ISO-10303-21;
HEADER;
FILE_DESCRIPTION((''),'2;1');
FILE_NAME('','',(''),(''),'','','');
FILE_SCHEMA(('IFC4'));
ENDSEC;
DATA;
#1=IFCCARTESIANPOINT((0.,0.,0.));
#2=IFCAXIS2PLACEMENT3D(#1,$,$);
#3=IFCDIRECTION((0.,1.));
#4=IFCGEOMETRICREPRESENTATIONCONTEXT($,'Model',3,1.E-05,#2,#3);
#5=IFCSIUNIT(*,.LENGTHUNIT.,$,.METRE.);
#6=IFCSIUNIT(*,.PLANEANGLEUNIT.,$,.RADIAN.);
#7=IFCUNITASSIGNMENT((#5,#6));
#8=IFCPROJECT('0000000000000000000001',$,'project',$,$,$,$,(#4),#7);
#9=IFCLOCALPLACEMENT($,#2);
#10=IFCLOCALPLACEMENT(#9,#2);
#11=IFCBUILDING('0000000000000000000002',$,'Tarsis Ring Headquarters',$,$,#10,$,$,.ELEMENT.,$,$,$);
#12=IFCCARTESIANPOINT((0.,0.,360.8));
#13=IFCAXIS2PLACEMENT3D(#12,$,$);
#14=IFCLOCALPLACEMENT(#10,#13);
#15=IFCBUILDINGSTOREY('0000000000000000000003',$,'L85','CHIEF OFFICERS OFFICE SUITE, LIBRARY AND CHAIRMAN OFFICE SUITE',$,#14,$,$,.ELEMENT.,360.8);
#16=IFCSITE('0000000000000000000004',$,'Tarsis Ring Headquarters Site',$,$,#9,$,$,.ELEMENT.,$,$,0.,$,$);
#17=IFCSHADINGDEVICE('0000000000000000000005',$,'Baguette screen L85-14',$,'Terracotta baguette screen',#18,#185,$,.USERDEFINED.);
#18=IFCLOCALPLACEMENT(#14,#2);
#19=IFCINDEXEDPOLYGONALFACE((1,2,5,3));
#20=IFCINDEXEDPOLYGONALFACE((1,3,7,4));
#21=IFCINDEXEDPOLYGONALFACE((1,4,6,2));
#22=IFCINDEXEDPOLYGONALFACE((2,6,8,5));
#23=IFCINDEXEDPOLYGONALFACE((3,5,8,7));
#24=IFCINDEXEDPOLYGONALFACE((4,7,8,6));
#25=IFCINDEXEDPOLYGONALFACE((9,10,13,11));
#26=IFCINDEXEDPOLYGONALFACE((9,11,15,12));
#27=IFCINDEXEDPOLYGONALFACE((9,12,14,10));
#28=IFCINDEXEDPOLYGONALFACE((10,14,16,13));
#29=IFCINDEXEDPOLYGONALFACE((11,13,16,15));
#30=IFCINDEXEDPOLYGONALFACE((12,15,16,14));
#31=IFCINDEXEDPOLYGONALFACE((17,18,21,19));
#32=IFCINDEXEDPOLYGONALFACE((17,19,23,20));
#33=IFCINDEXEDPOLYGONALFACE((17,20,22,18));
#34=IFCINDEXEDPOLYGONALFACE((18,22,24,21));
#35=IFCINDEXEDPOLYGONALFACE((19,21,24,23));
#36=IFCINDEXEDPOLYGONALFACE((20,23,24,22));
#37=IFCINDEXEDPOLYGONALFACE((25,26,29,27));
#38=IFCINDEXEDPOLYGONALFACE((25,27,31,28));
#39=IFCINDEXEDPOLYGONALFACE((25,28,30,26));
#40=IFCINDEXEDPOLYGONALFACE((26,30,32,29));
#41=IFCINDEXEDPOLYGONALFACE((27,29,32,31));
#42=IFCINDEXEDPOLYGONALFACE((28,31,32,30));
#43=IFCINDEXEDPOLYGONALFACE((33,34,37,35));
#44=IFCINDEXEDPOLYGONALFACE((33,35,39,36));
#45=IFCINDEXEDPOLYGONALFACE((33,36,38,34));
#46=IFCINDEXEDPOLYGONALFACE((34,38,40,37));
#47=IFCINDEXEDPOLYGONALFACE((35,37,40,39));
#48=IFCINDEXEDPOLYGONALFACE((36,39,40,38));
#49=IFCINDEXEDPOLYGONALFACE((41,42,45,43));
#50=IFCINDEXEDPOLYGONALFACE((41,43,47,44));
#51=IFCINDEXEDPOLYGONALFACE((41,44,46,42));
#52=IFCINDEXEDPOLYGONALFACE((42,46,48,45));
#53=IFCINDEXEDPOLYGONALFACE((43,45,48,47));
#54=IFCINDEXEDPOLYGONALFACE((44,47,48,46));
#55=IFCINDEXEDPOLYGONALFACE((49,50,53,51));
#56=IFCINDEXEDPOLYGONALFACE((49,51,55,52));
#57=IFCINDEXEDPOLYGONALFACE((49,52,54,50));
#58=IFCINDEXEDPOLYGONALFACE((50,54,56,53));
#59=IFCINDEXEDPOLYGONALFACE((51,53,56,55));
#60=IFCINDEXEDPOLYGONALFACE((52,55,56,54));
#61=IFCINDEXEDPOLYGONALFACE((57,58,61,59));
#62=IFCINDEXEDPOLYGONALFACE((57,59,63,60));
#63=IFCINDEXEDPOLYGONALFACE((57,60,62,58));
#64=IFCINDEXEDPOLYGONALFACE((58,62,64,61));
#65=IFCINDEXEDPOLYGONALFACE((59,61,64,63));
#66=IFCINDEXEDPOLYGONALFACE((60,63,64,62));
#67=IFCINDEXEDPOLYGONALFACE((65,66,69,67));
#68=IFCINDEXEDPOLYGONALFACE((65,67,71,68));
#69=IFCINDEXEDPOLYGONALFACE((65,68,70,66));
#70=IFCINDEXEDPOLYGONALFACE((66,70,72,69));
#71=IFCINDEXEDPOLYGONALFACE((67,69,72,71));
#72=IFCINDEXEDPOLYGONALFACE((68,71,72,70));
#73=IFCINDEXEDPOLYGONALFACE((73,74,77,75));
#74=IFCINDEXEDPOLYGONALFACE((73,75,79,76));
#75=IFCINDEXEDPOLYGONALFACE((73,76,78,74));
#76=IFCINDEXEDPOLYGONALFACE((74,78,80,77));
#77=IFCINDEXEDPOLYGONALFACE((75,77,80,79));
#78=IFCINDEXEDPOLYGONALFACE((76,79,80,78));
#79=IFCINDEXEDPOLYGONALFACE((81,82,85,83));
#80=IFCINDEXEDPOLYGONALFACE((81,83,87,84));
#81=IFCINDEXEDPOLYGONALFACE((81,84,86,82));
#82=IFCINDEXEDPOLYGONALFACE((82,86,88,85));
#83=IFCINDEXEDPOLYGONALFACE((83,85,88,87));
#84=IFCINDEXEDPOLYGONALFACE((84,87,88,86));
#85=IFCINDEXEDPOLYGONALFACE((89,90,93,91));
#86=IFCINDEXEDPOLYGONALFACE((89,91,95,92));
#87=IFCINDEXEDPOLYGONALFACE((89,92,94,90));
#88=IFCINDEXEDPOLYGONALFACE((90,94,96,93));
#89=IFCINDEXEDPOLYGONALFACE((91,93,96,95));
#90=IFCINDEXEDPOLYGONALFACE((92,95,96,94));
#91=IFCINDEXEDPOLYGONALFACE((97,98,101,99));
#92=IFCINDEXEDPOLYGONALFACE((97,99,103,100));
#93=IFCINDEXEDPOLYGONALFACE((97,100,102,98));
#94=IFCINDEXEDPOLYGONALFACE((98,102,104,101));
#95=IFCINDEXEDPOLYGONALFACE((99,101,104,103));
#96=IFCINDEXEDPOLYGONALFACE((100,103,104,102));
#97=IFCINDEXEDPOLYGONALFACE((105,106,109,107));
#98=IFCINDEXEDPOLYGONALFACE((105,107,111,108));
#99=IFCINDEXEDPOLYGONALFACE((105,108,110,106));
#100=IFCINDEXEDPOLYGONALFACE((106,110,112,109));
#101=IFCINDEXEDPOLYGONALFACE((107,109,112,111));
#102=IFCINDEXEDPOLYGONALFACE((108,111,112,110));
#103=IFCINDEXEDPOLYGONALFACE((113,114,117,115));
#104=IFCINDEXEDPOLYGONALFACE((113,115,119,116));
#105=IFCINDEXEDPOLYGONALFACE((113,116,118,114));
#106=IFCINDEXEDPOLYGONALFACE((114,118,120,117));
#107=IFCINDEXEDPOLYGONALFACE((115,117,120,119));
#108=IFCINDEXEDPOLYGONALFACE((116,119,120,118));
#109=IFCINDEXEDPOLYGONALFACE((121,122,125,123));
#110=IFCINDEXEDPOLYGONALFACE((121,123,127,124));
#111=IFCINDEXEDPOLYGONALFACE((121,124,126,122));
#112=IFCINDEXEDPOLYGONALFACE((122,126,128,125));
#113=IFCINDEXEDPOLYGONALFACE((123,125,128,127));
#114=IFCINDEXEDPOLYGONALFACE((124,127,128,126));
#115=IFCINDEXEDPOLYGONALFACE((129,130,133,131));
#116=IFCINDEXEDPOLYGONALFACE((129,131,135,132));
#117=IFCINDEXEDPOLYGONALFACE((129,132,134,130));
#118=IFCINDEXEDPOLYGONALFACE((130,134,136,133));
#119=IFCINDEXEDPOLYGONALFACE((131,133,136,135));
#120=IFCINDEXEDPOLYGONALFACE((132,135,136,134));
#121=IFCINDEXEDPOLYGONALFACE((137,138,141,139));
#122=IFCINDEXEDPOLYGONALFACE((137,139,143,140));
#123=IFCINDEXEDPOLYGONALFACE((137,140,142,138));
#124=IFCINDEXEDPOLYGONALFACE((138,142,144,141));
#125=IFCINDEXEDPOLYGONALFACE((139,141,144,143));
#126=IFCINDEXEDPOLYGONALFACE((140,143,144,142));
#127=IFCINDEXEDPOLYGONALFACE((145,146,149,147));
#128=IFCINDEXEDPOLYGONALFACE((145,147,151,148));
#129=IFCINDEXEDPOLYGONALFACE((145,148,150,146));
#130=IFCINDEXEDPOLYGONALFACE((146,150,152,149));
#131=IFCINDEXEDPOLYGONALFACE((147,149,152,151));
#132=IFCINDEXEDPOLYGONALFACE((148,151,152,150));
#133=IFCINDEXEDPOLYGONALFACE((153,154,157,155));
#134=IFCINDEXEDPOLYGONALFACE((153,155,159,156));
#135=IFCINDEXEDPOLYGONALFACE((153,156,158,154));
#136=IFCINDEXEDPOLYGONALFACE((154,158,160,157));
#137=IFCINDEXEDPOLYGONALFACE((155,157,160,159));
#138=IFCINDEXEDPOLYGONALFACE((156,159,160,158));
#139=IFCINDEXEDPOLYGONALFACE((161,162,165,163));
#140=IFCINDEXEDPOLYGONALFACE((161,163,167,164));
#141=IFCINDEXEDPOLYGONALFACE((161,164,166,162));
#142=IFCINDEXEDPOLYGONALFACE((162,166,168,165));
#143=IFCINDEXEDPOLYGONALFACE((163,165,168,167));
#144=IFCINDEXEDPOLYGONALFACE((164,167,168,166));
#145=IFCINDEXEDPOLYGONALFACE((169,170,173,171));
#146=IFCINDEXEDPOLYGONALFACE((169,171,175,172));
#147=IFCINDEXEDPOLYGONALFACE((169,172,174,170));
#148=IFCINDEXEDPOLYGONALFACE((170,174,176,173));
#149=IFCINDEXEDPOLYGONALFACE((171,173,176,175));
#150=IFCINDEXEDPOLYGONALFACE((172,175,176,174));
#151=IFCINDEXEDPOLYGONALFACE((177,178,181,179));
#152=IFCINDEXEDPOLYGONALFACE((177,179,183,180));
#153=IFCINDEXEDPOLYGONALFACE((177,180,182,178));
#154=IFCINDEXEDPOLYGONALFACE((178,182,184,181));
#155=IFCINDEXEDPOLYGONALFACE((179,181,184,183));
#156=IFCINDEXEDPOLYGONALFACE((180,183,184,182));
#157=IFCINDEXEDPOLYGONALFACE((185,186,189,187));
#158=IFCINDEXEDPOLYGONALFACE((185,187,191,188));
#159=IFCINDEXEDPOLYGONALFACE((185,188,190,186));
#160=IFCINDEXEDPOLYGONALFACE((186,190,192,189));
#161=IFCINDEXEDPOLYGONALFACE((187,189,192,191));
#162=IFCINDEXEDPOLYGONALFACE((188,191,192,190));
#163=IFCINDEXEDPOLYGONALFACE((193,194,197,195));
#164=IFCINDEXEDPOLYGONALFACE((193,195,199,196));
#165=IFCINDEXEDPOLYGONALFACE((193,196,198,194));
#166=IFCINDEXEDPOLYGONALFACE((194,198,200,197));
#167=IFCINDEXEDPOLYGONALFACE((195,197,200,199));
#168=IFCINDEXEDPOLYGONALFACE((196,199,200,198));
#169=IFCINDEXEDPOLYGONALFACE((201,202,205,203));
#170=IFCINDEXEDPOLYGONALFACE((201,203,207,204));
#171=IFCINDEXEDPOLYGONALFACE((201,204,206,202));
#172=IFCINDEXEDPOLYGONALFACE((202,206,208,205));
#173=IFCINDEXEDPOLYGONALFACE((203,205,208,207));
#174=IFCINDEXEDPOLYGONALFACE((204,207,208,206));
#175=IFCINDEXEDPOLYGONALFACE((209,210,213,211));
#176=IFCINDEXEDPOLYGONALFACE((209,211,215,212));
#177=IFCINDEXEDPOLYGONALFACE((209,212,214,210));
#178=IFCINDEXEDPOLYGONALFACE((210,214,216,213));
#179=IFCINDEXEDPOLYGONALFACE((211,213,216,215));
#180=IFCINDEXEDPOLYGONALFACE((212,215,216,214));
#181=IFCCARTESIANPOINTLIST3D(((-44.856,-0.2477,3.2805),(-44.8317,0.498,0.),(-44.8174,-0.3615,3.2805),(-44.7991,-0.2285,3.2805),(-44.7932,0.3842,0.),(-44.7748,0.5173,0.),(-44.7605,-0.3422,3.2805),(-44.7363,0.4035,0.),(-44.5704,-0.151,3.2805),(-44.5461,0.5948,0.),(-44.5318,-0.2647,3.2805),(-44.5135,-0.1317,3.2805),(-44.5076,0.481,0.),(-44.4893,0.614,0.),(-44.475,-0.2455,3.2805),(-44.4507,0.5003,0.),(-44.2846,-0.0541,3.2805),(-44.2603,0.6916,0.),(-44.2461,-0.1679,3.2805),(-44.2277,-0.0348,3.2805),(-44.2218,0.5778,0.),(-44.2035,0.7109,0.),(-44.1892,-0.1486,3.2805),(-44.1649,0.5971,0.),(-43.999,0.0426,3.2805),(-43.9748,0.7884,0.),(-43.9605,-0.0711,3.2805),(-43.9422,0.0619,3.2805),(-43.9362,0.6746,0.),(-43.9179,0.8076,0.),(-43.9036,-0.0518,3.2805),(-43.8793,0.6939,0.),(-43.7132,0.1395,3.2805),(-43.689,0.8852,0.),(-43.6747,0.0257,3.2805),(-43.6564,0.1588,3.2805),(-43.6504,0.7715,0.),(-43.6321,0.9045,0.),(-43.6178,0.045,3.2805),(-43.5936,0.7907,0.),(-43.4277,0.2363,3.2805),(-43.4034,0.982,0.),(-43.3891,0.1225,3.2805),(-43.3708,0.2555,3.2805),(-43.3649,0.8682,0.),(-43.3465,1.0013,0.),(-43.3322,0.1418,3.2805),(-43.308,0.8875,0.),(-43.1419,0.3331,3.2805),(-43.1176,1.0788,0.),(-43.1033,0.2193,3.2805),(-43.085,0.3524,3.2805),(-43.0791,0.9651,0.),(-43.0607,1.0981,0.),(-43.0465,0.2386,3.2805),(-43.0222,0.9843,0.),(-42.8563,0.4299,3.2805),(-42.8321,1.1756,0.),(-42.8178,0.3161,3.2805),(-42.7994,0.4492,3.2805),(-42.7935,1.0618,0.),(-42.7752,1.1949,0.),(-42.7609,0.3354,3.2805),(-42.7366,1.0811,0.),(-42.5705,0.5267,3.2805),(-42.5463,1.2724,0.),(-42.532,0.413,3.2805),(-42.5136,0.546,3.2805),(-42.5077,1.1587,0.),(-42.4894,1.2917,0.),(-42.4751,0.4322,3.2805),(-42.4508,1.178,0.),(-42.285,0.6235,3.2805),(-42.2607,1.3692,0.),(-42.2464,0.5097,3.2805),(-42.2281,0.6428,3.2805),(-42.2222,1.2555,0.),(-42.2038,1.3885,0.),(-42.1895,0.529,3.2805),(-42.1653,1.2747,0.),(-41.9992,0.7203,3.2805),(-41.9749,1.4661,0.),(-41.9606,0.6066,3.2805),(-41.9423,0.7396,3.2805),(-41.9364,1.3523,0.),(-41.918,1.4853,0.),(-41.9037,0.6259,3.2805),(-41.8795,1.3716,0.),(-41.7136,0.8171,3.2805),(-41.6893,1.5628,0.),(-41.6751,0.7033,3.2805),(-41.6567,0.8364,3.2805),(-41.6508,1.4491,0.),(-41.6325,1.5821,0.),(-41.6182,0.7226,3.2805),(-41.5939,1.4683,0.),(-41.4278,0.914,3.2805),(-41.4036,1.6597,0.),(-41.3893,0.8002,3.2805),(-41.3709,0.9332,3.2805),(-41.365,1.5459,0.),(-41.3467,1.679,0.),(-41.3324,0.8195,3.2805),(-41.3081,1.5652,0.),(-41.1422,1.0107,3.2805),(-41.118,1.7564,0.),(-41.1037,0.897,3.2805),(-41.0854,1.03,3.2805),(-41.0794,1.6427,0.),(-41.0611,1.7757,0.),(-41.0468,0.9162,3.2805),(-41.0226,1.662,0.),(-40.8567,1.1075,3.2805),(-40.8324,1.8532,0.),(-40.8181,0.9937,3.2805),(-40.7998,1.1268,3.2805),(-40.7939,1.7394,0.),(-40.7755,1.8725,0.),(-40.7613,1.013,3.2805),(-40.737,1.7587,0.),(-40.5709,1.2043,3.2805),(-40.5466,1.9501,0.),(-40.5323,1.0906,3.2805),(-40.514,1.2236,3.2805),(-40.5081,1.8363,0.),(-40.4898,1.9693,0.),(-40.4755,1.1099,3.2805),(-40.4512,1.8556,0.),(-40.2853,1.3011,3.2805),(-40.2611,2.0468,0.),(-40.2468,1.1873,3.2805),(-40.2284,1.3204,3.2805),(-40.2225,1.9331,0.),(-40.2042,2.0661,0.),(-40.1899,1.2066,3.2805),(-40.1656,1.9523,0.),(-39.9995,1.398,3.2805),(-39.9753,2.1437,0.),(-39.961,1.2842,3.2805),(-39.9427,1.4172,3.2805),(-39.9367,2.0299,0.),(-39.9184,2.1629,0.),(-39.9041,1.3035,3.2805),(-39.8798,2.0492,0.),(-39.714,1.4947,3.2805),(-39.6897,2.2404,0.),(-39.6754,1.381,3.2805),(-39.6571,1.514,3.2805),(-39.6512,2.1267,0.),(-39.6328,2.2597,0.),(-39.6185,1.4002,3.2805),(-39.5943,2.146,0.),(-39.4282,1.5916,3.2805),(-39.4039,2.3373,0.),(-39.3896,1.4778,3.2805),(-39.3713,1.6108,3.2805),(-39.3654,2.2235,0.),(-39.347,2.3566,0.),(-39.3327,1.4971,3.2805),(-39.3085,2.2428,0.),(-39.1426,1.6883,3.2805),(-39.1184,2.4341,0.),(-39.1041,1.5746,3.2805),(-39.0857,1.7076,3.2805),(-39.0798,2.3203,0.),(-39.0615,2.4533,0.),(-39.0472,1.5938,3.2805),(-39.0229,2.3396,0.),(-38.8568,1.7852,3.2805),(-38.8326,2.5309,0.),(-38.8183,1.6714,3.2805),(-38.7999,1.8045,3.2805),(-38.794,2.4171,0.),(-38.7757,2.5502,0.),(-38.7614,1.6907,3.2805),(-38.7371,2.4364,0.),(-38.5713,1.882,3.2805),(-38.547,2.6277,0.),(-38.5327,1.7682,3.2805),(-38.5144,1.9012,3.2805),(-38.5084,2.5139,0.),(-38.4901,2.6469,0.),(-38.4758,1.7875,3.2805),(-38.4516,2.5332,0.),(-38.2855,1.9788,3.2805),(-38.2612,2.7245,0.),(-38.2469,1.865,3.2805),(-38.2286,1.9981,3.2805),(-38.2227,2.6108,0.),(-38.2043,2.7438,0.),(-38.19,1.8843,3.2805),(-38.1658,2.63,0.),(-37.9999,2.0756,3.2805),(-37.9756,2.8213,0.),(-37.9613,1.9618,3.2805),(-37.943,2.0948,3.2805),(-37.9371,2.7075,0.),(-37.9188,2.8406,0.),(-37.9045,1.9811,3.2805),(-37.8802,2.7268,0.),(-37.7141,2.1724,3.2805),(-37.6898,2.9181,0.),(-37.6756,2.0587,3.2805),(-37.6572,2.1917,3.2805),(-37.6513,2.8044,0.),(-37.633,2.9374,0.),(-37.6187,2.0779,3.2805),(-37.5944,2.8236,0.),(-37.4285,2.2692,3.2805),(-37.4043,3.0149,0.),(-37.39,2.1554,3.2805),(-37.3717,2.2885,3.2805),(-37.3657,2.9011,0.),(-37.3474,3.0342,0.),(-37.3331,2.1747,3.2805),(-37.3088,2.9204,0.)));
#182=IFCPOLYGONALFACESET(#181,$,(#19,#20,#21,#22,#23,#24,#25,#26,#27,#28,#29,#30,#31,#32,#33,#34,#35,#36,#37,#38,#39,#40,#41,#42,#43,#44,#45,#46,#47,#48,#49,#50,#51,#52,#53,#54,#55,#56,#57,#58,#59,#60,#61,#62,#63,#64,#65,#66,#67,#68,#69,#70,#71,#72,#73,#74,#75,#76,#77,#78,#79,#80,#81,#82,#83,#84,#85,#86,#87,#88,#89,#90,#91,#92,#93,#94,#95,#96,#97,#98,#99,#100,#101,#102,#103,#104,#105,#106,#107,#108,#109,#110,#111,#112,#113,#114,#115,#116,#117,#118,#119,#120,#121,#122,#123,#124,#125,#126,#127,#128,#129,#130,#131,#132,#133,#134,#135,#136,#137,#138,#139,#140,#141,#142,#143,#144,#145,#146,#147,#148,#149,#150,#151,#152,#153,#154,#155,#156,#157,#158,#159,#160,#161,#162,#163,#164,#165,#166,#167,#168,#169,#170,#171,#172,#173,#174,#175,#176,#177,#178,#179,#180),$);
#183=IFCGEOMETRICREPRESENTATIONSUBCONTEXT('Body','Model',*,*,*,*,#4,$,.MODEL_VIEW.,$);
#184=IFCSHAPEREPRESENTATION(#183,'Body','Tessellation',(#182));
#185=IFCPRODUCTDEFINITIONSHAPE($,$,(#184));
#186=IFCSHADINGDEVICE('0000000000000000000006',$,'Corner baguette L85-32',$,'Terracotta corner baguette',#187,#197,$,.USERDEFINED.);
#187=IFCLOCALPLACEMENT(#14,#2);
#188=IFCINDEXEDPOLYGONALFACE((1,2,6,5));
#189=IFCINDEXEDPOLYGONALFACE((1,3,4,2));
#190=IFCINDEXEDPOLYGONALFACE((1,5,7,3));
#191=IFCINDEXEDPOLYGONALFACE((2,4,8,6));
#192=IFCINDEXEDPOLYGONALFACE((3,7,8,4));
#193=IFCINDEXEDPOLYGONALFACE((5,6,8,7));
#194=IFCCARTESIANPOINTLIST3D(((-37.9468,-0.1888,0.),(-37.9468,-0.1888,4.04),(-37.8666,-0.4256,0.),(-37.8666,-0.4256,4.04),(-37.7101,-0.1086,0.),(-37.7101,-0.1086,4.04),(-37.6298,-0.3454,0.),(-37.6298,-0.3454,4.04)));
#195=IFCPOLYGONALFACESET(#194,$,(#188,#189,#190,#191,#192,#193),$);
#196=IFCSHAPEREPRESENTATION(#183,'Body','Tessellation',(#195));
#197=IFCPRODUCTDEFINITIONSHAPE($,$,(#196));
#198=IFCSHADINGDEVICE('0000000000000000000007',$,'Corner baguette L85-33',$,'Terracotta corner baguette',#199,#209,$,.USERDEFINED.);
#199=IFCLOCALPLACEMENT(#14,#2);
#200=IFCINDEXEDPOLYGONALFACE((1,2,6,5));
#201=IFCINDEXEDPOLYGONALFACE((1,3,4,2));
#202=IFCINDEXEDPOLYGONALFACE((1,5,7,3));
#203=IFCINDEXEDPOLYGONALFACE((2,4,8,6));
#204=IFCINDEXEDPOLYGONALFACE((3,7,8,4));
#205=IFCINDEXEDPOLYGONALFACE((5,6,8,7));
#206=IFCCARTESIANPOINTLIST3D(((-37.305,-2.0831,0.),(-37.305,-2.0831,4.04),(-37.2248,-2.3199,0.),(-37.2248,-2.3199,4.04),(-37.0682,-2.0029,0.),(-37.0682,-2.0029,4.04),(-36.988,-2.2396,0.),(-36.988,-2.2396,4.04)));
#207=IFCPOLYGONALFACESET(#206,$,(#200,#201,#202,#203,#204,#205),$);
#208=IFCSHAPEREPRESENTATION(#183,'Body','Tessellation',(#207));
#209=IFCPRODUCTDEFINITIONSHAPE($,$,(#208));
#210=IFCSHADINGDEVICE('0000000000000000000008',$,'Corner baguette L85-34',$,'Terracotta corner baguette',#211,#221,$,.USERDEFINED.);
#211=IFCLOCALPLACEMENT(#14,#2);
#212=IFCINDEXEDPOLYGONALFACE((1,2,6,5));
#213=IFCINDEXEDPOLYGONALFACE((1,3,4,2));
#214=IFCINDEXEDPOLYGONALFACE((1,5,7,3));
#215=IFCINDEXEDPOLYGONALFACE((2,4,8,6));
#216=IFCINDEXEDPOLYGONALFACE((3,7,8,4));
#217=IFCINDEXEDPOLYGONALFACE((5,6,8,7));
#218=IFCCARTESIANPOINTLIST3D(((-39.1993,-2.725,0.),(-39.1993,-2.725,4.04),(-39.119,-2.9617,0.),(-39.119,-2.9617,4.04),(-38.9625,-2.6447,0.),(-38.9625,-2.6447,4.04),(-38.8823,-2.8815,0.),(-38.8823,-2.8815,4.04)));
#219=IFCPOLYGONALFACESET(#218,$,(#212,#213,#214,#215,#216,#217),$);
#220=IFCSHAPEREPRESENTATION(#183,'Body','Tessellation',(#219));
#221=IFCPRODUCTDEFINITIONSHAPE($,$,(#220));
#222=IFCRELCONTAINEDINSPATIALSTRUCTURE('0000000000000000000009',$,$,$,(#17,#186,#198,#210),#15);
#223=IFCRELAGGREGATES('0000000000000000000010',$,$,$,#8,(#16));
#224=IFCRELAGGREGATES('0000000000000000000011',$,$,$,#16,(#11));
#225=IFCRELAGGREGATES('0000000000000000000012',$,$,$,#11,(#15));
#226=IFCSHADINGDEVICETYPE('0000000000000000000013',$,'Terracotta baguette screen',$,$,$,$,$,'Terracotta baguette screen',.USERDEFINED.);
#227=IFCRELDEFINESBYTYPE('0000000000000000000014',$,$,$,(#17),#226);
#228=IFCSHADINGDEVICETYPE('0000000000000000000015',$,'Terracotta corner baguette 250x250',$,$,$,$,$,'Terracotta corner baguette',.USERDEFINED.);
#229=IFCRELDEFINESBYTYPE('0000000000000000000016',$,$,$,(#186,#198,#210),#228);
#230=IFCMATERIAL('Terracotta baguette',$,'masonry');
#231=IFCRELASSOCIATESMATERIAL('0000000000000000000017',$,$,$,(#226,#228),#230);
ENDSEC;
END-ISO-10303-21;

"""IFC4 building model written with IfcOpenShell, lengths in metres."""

from ifc_helpers import new_model, si_unit, direction, frame, frame_2d, origin, origin_2d, place, context, subcontext, project, spatial, rectangle, composite_profile, extrude, material, type_object, element, save


model = new_model("IFC4")

# Units and contexts
model_context = context("Model", 3, precision=1e-05, world=origin(), true_north=direction((0.0, 1.0)))
body_context = subcontext(model_context, "Body", "Model", "MODEL_VIEW")
ifc_project = project(units=[si_unit("LENGTHUNIT", "METRE"), si_unit("PLANEANGLEUNIT", "RADIAN")], contexts=[model_context])

# Site, building, storey
site_placement = place(None, origin())
site = spatial("IfcSite", under=ifc_project, at=site_placement, Name="Tarsis Ring Headquarters Site", CompositionType="ELEMENT", RefElevation=0.0)
building_placement = place(site_placement, origin())
building = spatial("IfcBuilding", under=site, at=building_placement, Name="Tarsis Ring Headquarters", CompositionType="ELEMENT")
storey_placement = place(building_placement, frame((0.0, 0.0, 360.8)))
storey = spatial("IfcBuildingStorey", under=building, at=storey_placement, Name="L85", Description="CHIEF OFFICERS OFFICE SUITE, LIBRARY AND CHAIRMAN OFFICE SUITE", CompositionType="ELEMENT", Elevation=360.8)

# Shading devices
ifc_material_1 = material(Name="Terracotta baguette", Category="masonry")
shading_device_type_1 = type_object("IfcShadingDeviceType", Name="Terracotta baguette screen", ElementType="Terracotta baguette screen", PredefinedType="USERDEFINED", material=ifc_material_1)
shading_device_1_placement = place(storey_placement, frame((-37.3281, 2.9773, 0.0), z_axis=(0.0, 0.0, 1.0), x_axis=(-0.947107, -0.320944, 0.0)))
element("IfcShadingDevice", 1, at=shading_device_1_placement, inside=storey, type_object=shading_device_type_1, Name="Baguette screen L85-14", ObjectType="Terracotta baguette screen", PredefinedType="USERDEFINED", context=body_context, shape_type="SweptSolid", body=[
    extrude(composite_profile([rectangle(XDim=0.0601, YDim=0.1201, at=frame_2d((0.03, 0.0))), rectangle(XDim=0.0601, YDim=0.1201, at=frame_2d((0.3315, 0.0))), rectangle(XDim=0.0601, YDim=0.1201, at=frame_2d((0.6333, 0.0))), rectangle(XDim=0.0601, YDim=0.1201, at=frame_2d((0.9348, 0.0))), rectangle(XDim=0.0601, YDim=0.1201, at=frame_2d((1.2366, 0.0))), rectangle(XDim=0.0601, YDim=0.1201, at=frame_2d((1.5381, 0.0))), rectangle(XDim=0.0601, YDim=0.1201, at=frame_2d((1.8398, 0.0))), rectangle(XDim=0.0601, YDim=0.1201, at=frame_2d((2.1414, 0.0))), rectangle(XDim=0.0601, YDim=0.1201, at=frame_2d((2.4431, 0.0))), rectangle(XDim=0.0601, YDim=0.1201, at=frame_2d((2.7446, 0.0))), rectangle(XDim=0.0601, YDim=0.1201, at=frame_2d((3.0464, 0.0))), rectangle(XDim=0.0601, YDim=0.1201, at=frame_2d((3.3479, 0.0))), rectangle(XDim=0.0601, YDim=0.1201, at=frame_2d((3.6497, 0.0))), rectangle(XDim=0.0601, YDim=0.1201, at=frame_2d((3.9512, 0.0))), rectangle(XDim=0.0601, YDim=0.1201, at=frame_2d((4.2527, 0.0))), rectangle(XDim=0.0601, YDim=0.1201, at=frame_2d((4.5544, 0.0))), rectangle(XDim=0.0601, YDim=0.1201, at=frame_2d((4.856, 0.0))), rectangle(XDim=0.0601, YDim=0.1201, at=frame_2d((5.1577, 0.0))), rectangle(XDim=0.0601, YDim=0.1201, at=frame_2d((5.4592, 0.0))), rectangle(XDim=0.0601, YDim=0.1201, at=frame_2d((5.761, 0.0))), rectangle(XDim=0.0601, YDim=0.1201, at=frame_2d((6.0625, 0.0))), rectangle(XDim=0.0601, YDim=0.1201, at=frame_2d((6.3643, 0.0))), rectangle(XDim=0.0601, YDim=0.1201, at=frame_2d((6.6658, 0.0))), rectangle(XDim=0.0601, YDim=0.1201, at=frame_2d((6.9675, 0.0))), rectangle(XDim=0.0601, YDim=0.1201, at=frame_2d((7.269, 0.0))), rectangle(XDim=0.0601, YDim=0.1201, at=frame_2d((7.5708, 0.0))), rectangle(XDim=0.0601, YDim=0.1201, at=frame_2d((7.8723, 0.0)))]), origin(), (0.077968, 0.207619, 0.975097), 3.3643),
])
shading_device_type_2 = type_object("IfcShadingDeviceType", Name="Terracotta corner baguette 250x250", ElementType="Terracotta corner baguette", PredefinedType="USERDEFINED", material=ifc_material_1)
for number, where, z_axis, x_axis, name in (
    (2, (-37.7883, -0.2671, 0.0), (0.0, 0.0, 1.0), (-0.947098, -0.320944, 0.0), "Corner baguette L85-32"),
    (3, (-37.1465, -2.1614, 0.0), (0.0, 0.0, 1.0), (0.320943, -0.947098, 0.0), "Corner baguette L85-33"),
    (4, (-39.0408, -2.8032, 0.0), (0.0, 0.0, 1.0), (-0.947098, -0.320944, 0.0), "Corner baguette L85-34"),
):
    element("IfcShadingDevice", number, at=place(storey_placement, frame(where, z_axis=z_axis, x_axis=x_axis)), inside=storey, type_object=shading_device_type_2, Name=name, ObjectType="Terracotta corner baguette", PredefinedType="USERDEFINED", context=body_context, shape_type="SweptSolid", body=[
        extrude(rectangle(XDim=0.25, YDim=0.25, at=origin_2d()), origin(), (0.0, 0.0, 1.0), 4.04),
    ])

save(model, "model.ifc")
